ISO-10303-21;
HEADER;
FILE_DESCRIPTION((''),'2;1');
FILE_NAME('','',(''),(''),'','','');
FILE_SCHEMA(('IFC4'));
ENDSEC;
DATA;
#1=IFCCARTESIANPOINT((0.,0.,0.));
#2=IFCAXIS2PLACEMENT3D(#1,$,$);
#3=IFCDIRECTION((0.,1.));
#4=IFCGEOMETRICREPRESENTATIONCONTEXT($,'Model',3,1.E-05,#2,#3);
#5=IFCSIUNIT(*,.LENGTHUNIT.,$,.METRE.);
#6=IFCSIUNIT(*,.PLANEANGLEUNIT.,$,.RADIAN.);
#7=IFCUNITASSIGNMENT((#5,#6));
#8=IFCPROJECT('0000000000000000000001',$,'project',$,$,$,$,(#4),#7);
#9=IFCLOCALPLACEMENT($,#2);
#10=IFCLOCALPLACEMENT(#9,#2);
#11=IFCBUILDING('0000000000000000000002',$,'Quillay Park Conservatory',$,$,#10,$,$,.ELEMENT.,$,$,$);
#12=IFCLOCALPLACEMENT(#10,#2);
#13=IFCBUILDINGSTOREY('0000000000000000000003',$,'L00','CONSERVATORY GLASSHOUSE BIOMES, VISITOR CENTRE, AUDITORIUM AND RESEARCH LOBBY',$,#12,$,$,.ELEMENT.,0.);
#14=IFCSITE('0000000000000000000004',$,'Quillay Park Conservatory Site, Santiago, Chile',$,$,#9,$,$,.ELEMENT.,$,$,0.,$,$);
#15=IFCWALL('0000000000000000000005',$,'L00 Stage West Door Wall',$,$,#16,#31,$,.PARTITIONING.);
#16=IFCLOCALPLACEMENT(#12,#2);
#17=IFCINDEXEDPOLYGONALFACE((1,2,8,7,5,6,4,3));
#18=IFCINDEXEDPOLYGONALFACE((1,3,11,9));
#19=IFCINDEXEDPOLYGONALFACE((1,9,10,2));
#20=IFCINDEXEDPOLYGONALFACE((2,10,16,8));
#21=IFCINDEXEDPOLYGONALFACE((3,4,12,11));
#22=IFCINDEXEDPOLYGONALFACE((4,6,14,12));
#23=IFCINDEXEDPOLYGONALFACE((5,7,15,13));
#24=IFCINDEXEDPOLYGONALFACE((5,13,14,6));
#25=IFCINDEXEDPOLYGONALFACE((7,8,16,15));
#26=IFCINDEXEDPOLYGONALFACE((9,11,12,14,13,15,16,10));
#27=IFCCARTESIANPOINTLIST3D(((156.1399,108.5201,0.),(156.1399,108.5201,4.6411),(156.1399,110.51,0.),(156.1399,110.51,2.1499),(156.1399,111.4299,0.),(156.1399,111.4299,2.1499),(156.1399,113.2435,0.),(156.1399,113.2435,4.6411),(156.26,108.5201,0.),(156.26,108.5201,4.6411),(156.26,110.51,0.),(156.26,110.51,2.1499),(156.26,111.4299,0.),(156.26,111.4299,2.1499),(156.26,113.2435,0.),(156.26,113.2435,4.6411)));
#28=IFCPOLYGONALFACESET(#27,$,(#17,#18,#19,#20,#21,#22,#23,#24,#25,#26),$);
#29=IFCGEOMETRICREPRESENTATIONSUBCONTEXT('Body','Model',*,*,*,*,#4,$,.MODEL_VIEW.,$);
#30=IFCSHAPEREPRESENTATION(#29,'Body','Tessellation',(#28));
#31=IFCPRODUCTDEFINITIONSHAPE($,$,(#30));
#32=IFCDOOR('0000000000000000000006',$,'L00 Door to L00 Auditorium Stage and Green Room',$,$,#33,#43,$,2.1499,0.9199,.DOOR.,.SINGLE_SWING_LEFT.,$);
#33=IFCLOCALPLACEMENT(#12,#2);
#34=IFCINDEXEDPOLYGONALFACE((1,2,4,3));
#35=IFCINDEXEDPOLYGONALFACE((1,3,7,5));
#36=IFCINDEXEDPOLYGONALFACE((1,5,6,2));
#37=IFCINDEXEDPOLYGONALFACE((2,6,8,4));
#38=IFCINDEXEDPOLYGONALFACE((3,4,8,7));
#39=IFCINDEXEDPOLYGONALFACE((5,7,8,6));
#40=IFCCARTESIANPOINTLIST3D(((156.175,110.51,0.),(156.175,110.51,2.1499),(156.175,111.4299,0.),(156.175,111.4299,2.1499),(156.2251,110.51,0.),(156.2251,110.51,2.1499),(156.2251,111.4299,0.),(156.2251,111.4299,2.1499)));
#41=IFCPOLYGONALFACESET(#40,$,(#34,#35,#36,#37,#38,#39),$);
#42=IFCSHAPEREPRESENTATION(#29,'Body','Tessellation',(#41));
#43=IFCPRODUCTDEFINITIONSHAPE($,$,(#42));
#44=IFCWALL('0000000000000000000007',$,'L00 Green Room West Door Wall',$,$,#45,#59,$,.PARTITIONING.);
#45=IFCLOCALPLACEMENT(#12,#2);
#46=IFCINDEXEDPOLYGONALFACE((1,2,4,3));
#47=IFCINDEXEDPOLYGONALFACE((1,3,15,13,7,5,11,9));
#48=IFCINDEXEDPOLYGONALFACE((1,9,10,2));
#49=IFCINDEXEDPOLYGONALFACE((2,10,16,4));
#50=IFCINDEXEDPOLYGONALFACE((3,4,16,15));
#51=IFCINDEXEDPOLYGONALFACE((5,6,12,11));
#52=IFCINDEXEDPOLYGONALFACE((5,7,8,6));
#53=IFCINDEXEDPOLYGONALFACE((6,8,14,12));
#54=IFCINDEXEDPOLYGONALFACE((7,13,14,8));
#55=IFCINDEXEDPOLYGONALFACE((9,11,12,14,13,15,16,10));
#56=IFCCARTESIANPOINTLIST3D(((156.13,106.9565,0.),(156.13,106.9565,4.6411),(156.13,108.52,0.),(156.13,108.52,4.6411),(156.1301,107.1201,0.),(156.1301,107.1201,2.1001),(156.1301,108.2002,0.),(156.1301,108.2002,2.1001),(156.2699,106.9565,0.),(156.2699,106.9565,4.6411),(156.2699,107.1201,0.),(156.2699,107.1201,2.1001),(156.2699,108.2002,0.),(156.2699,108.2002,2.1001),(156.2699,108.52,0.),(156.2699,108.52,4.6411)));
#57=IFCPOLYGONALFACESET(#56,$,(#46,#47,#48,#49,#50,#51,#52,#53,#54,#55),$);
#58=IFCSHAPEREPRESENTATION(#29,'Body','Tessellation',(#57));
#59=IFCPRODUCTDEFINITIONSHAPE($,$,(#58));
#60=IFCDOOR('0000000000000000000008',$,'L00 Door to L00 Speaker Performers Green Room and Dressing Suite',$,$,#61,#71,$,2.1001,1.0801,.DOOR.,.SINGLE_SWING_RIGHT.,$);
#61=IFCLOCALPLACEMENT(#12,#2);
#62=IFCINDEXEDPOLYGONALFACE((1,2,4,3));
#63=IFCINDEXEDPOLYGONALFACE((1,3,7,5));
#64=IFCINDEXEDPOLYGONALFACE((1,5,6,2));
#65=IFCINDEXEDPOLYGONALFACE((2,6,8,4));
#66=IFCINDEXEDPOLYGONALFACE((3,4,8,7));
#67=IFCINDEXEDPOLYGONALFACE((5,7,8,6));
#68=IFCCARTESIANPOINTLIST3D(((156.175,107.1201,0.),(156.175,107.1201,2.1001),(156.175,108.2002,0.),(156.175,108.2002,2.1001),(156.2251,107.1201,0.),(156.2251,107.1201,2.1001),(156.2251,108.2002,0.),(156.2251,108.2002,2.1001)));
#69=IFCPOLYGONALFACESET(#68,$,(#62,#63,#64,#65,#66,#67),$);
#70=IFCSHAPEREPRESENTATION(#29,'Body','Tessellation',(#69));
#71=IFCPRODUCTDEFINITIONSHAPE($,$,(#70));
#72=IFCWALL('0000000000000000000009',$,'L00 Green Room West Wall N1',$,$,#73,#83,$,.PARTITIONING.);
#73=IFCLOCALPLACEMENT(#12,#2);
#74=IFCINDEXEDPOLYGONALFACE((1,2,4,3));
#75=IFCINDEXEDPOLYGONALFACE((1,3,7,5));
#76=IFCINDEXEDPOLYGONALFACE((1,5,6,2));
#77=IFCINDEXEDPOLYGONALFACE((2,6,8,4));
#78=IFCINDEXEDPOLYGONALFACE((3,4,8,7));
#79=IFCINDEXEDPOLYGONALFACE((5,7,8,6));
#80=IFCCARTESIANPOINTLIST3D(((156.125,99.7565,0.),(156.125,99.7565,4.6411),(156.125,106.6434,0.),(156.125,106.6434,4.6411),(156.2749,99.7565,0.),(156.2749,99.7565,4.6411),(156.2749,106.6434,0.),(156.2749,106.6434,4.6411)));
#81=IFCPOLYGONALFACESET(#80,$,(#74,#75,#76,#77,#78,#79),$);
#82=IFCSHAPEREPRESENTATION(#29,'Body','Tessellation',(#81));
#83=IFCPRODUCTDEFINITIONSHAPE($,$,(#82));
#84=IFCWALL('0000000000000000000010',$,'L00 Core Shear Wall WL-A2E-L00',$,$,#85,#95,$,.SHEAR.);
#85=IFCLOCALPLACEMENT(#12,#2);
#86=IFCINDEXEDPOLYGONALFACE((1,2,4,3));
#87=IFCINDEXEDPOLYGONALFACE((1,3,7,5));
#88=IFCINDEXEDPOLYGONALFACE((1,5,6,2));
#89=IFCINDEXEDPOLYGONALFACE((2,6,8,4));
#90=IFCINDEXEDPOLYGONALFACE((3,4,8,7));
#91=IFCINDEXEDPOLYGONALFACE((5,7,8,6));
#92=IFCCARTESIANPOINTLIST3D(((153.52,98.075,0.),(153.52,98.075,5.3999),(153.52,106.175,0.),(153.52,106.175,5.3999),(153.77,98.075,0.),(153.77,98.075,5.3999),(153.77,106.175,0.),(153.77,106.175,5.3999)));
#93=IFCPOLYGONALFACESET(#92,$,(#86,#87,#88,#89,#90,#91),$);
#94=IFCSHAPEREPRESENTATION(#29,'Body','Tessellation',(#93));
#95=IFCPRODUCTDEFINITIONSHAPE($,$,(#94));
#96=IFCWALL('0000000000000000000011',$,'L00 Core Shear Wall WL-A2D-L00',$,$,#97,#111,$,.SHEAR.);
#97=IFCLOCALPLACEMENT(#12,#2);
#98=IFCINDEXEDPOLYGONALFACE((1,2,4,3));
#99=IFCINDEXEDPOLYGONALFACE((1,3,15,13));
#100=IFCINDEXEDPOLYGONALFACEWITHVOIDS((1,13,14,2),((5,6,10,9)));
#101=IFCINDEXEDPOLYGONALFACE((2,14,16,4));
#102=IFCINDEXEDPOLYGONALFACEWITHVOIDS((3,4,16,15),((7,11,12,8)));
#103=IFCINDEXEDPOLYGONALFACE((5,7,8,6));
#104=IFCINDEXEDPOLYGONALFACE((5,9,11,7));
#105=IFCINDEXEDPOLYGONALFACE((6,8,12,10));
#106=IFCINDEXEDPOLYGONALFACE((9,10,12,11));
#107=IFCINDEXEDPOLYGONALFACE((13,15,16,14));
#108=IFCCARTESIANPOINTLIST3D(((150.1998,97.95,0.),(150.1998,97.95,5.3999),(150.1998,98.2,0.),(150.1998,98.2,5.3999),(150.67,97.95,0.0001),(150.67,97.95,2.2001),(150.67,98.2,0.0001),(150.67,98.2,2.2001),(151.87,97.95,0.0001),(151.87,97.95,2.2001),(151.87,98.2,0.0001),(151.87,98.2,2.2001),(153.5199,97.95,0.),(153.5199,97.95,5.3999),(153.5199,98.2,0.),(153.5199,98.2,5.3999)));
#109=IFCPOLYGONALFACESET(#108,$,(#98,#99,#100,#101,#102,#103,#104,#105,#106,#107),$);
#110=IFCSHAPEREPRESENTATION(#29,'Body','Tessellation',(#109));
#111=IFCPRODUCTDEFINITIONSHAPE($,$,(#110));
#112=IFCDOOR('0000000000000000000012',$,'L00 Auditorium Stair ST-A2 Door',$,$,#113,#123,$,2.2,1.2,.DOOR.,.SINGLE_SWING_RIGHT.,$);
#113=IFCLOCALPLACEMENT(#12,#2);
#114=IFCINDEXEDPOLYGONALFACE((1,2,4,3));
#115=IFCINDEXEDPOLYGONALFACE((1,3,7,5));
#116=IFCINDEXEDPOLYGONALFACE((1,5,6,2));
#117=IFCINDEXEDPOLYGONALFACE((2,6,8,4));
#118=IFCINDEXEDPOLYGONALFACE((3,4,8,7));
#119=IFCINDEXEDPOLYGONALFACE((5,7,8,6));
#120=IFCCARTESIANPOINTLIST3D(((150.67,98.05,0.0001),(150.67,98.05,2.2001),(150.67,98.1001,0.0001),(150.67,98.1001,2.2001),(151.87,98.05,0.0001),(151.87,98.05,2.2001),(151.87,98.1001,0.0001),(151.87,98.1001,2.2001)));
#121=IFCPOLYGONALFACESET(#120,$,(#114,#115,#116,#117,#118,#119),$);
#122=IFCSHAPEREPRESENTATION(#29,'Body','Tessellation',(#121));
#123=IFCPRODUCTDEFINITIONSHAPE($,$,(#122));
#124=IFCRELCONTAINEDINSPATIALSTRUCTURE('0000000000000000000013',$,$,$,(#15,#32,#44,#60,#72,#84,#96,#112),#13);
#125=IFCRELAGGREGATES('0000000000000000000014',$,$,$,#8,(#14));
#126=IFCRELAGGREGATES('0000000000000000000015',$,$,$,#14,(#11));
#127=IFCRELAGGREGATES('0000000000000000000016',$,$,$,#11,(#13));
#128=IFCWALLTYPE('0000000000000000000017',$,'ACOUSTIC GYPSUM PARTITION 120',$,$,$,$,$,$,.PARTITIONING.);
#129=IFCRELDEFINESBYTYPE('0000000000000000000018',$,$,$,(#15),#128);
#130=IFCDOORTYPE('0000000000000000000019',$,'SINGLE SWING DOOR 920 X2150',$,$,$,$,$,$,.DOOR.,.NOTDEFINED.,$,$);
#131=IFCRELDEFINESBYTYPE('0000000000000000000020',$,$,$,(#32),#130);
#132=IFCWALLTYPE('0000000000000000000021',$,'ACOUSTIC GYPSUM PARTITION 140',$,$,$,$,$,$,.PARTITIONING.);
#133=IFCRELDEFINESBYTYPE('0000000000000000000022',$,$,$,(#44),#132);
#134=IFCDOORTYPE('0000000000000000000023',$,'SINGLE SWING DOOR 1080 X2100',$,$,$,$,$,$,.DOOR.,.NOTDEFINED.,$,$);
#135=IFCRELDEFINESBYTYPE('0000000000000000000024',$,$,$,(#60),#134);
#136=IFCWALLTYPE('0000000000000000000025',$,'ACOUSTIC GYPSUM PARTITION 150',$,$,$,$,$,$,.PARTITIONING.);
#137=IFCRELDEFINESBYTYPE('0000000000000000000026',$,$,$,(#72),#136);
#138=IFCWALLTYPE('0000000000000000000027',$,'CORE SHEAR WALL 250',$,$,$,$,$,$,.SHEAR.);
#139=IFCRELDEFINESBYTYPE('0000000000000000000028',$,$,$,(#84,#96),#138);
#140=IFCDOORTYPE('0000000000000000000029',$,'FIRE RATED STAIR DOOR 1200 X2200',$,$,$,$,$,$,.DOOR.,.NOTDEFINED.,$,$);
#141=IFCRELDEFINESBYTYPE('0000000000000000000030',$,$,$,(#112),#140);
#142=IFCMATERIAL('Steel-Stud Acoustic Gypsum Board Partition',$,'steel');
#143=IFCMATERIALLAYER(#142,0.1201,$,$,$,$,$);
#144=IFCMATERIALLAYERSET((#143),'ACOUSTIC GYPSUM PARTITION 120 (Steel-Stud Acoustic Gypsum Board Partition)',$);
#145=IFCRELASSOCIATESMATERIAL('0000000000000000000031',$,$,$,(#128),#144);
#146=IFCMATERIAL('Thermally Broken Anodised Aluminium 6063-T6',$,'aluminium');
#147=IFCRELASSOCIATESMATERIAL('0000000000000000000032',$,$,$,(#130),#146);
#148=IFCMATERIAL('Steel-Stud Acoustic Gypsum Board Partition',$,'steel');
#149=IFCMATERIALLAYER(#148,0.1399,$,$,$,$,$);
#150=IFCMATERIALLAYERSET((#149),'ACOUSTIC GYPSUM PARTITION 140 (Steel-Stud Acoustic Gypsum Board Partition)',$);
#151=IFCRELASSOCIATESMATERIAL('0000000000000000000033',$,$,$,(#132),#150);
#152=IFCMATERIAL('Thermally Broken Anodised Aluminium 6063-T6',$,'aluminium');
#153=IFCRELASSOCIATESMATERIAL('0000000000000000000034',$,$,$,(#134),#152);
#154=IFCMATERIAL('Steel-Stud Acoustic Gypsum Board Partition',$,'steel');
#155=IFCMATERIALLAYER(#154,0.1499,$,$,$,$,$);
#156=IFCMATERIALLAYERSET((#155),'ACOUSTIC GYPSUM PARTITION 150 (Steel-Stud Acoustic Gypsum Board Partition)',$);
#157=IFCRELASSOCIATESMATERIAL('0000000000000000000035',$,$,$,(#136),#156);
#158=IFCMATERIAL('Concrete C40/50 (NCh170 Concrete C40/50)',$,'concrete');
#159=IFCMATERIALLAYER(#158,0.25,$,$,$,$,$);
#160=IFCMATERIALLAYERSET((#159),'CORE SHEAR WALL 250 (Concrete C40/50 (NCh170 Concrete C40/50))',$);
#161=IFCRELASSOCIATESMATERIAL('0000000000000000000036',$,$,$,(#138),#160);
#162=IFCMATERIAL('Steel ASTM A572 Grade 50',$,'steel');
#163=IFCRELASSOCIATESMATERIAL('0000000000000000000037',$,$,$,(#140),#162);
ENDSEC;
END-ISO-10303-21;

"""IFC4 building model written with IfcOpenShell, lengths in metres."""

from ifc_helpers import new_model, si_unit, direction, frame, frame_2d, origin, place, context, subcontext, project, spatial, rectangle, extrude, material, layer, layer_set, type_object, element, fill, save


model = new_model("IFC4")

# Units and contexts
model_context = context("Model", 3, precision=1e-05, world=origin(), true_north=direction((0.0, 1.0)))
body_context = subcontext(model_context, "Body", "Model", "MODEL_VIEW")
ifc_project = project(units=[si_unit("LENGTHUNIT", "METRE"), si_unit("PLANEANGLEUNIT", "RADIAN")], contexts=[model_context])

# Site, building, storey
site_placement = place(None, origin())
site = spatial("IfcSite", under=ifc_project, at=site_placement, Name="Quillay Park Conservatory Site, Santiago, Chile", CompositionType="ELEMENT", RefElevation=0.0)
building_placement = place(site_placement, origin())
building = spatial("IfcBuilding", under=site, at=building_placement, Name="Quillay Park Conservatory", CompositionType="ELEMENT")
storey_placement = place(building_placement, origin())
storey = spatial("IfcBuildingStorey", under=building, at=storey_placement, Name="L00", Description="CONSERVATORY GLASSHOUSE BIOMES, VISITOR CENTRE, AUDITORIUM AND RESEARCH LOBBY", CompositionType="ELEMENT", Elevation=0.0)

# Walls, openings, doors
ifc_material_1 = material(Name="Steel-Stud Acoustic Gypsum Board Partition", Category="steel")
ifc_layer_1 = layer(ifc_material_1, 0.1201)
ifc_layer_set_1 = layer_set([ifc_layer_1], Name="ACOUSTIC GYPSUM PARTITION 120 (Steel-Stud Acoustic Gypsum Board Partition)")
wall_type_1 = type_object("IfcWallType", Name="ACOUSTIC GYPSUM PARTITION 120", PredefinedType="PARTITIONING", material=ifc_layer_set_1)
wall_1_placement = place(storey_placement, frame((156.2, 108.52, 0.0), z_axis=(0.0, 0.0, 1.0), x_axis=(0.0, 1.0, 0.0)))
wall_1 = element("IfcWall", 1, at=wall_1_placement, inside=storey, type_object=wall_type_1, Name="L00 Stage West Door Wall", PredefinedType="PARTITIONING", context=body_context, shape_type="SweptSolid", body=[
    extrude(rectangle(XDim=4.7234, YDim=0.1201, at=frame_2d((2.3618, 0.0))), origin(), (0.0, 0.0, 1.0), 4.6411),
])
opening_1_placement = place(wall_1_placement, frame((1.99, 0.0, 0.0)))
opening_1 = element("IfcOpeningElement", 2, at=opening_1_placement, cuts=wall_1, PredefinedType="OPENING", context=body_context, shape_type="SweptSolid", body=[
    extrude(rectangle(XDim=0.9199, YDim=2.1499, at=frame_2d((0.46, 1.075))), frame((0.0, 0.0601, 0.0), z_axis=(0.0, -1.0, 0.0), x_axis=(1.0, 0.0, 0.0)), (0.0, 0.0, 1.0), 0.1201),
])
ifc_material_2 = material(Name="Thermally Broken Anodised Aluminium 6063-T6", Category="aluminium")
door_type_1 = type_object("IfcDoorType", Name="SINGLE SWING DOOR 920 X2150", OperationType="NOTDEFINED", PredefinedType="DOOR", material=ifc_material_2)
door_1_placement = place(opening_1_placement, origin())
door_1 = element("IfcDoor", 3, at=door_1_placement, inside=storey, type_object=door_type_1, Name="L00 Door to L00 Auditorium Stage and Green Room", OperationType="SINGLE_SWING_LEFT", OverallHeight=2.1499, OverallWidth=0.9199, PredefinedType="DOOR", context=body_context, shape_type="SweptSolid", body=[
    extrude(rectangle(XDim=0.9199, YDim=2.1499, at=frame_2d((0.46, 1.075))), frame((0.0, 0.0249, 0.0), z_axis=(0.0, -1.0, 0.0), x_axis=(1.0, 0.0, 0.0)), (0.0, 0.0, 1.0), 0.05),
])
fill(opening_1, door_1)
ifc_material_3 = material(Name="Steel-Stud Acoustic Gypsum Board Partition", Category="steel")
ifc_layer_2 = layer(ifc_material_3, 0.1399)
ifc_layer_set_2 = layer_set([ifc_layer_2], Name="ACOUSTIC GYPSUM PARTITION 140 (Steel-Stud Acoustic Gypsum Board Partition)")
wall_type_2 = type_object("IfcWallType", Name="ACOUSTIC GYPSUM PARTITION 140", PredefinedType="PARTITIONING", material=ifc_layer_set_2)
wall_2_placement = place(storey_placement, frame((156.2, 106.9565, 0.0), z_axis=(0.0, 0.0, 1.0), x_axis=(0.0, 1.0, 0.0)))
wall_2 = element("IfcWall", 4, at=wall_2_placement, inside=storey, type_object=wall_type_2, Name="L00 Green Room West Door Wall", PredefinedType="PARTITIONING", context=body_context, shape_type="SweptSolid", body=[
    extrude(rectangle(XDim=1.5635, YDim=0.1399, at=frame_2d((0.7817, 0.0))), origin(), (0.0, 0.0, 1.0), 4.6411),
])
opening_2_placement = place(wall_2_placement, frame((0.1636, 0.0, 0.0)))
opening_2 = element("IfcOpeningElement", 5, at=opening_2_placement, cuts=wall_2, PredefinedType="OPENING", context=body_context, shape_type="SweptSolid", body=[
    extrude(rectangle(XDim=1.0801, YDim=2.1001, at=frame_2d((0.54, 1.05))), frame((0.0, 0.0698, 0.0), z_axis=(0.0, -1.0, 0.0), x_axis=(1.0, 0.0, 0.0)), (0.0, 0.0, 1.0), 0.1399),
])
ifc_material_4 = material(Name="Thermally Broken Anodised Aluminium 6063-T6", Category="aluminium")
door_type_2 = type_object("IfcDoorType", Name="SINGLE SWING DOOR 1080 X2100", OperationType="NOTDEFINED", PredefinedType="DOOR", material=ifc_material_4)
door_2_placement = place(opening_2_placement, origin())
door_2 = element("IfcDoor", 6, at=door_2_placement, inside=storey, type_object=door_type_2, Name="L00 Door to L00 Speaker Performers Green Room and Dressing Suite", OperationType="SINGLE_SWING_RIGHT", OverallHeight=2.1001, OverallWidth=1.0801, PredefinedType="DOOR", context=body_context, shape_type="SweptSolid", body=[
    extrude(rectangle(XDim=1.0801, YDim=2.1001, at=frame_2d((0.54, 1.05))), frame((0.0, 0.0249, 0.0), z_axis=(0.0, -1.0, 0.0), x_axis=(1.0, 0.0, 0.0)), (0.0, 0.0, 1.0), 0.05),
])
fill(opening_2, door_2)

# Walls
ifc_material_5 = material(Name="Steel-Stud Acoustic Gypsum Board Partition", Category="steel")
ifc_layer_3 = layer(ifc_material_5, 0.1499)
ifc_layer_set_3 = layer_set([ifc_layer_3], Name="ACOUSTIC GYPSUM PARTITION 150 (Steel-Stud Acoustic Gypsum Board Partition)")
wall_type_3 = type_object("IfcWallType", Name="ACOUSTIC GYPSUM PARTITION 150", PredefinedType="PARTITIONING", material=ifc_layer_set_3)
wall_3_placement = place(storey_placement, frame((156.2, 99.7566, 0.0), z_axis=(0.0, 0.0, 1.0), x_axis=(0.0, 1.0, 0.0)))
element("IfcWall", 7, at=wall_3_placement, inside=storey, type_object=wall_type_3, Name="L00 Green Room West Wall N1", PredefinedType="PARTITIONING", context=body_context, shape_type="SweptSolid", body=[
    extrude(rectangle(XDim=6.887, YDim=0.1499, at=frame_2d((3.4434, 0.0))), origin(), (0.0, 0.0, 1.0), 4.6411),
])
ifc_material_6 = material(Name="Concrete C40/50 (NCh170 Concrete C40/50)", Category="concrete")
ifc_layer_4 = layer(ifc_material_6, 0.25)
ifc_layer_set_4 = layer_set([ifc_layer_4], Name="CORE SHEAR WALL 250 (Concrete C40/50 (NCh170 Concrete C40/50))")
wall_type_4 = type_object("IfcWallType", Name="CORE SHEAR WALL 250", PredefinedType="SHEAR", material=ifc_layer_set_4)
wall_4_placement = place(storey_placement, frame((153.645, 98.075, 0.0), z_axis=(0.0, 0.0, 1.0), x_axis=(0.0, 1.0, 0.0)))
element("IfcWall", 8, at=wall_4_placement, inside=storey, type_object=wall_type_4, Name="L00 Core Shear Wall WL-A2E-L00", PredefinedType="SHEAR", context=body_context, shape_type="SweptSolid", body=[
    extrude(rectangle(XDim=8.1001, YDim=0.25, at=frame_2d((4.05, 0.0))), origin(), (0.0, 0.0, 1.0), 5.3999),
])

# Wall, opening, door
wall_5_placement = place(storey_placement, frame((153.52, 98.075, 0.0), z_axis=(0.0, 0.0, 1.0), x_axis=(-1.0, 0.0, 0.0)))
wall_5 = element("IfcWall", 9, at=wall_5_placement, inside=storey, type_object=wall_type_4, Name="L00 Core Shear Wall WL-A2D-L00", PredefinedType="SHEAR", context=body_context, shape_type="SweptSolid", body=[
    extrude(rectangle(XDim=3.3201, YDim=0.25, at=frame_2d((1.6602, 0.0))), origin(), (0.0, 0.0, 1.0), 5.3999),
])
opening_3_placement = place(wall_5_placement, frame((1.6499, 0.0, 0.0)))
opening_3 = element("IfcOpeningElement", 10, at=opening_3_placement, cuts=wall_5, PredefinedType="OPENING", context=body_context, shape_type="SweptSolid", body=[
    extrude(rectangle(XDim=1.2, YDim=2.2, at=frame_2d((0.6001, 1.1001))), frame((0.0, 0.125, 0.0), z_axis=(0.0, -1.0, 0.0), x_axis=(1.0, 0.0, 0.0)), (0.0, 0.0, 1.0), 0.25),
])
ifc_material_7 = material(Name="Steel ASTM A572 Grade 50", Category="steel")
door_type_3 = type_object("IfcDoorType", Name="FIRE RATED STAIR DOOR 1200 X2200", OperationType="NOTDEFINED", PredefinedType="DOOR", material=ifc_material_7)
door_3_placement = place(opening_3_placement, origin())
door_3 = element("IfcDoor", 11, at=door_3_placement, inside=storey, type_object=door_type_3, Name="L00 Auditorium Stair ST-A2 Door", OperationType="SINGLE_SWING_RIGHT", OverallHeight=2.2, OverallWidth=1.2, PredefinedType="DOOR", context=body_context, shape_type="SweptSolid", body=[
    extrude(rectangle(XDim=1.2, YDim=2.2, at=frame_2d((0.6001, 1.1001))), frame((0.0, 0.0249, 0.0), z_axis=(0.0, -1.0, 0.0), x_axis=(1.0, 0.0, 0.0)), (0.0, 0.0, 1.0), 0.05),
])
fill(opening_3, door_3)

save(model, "model.ifc")
